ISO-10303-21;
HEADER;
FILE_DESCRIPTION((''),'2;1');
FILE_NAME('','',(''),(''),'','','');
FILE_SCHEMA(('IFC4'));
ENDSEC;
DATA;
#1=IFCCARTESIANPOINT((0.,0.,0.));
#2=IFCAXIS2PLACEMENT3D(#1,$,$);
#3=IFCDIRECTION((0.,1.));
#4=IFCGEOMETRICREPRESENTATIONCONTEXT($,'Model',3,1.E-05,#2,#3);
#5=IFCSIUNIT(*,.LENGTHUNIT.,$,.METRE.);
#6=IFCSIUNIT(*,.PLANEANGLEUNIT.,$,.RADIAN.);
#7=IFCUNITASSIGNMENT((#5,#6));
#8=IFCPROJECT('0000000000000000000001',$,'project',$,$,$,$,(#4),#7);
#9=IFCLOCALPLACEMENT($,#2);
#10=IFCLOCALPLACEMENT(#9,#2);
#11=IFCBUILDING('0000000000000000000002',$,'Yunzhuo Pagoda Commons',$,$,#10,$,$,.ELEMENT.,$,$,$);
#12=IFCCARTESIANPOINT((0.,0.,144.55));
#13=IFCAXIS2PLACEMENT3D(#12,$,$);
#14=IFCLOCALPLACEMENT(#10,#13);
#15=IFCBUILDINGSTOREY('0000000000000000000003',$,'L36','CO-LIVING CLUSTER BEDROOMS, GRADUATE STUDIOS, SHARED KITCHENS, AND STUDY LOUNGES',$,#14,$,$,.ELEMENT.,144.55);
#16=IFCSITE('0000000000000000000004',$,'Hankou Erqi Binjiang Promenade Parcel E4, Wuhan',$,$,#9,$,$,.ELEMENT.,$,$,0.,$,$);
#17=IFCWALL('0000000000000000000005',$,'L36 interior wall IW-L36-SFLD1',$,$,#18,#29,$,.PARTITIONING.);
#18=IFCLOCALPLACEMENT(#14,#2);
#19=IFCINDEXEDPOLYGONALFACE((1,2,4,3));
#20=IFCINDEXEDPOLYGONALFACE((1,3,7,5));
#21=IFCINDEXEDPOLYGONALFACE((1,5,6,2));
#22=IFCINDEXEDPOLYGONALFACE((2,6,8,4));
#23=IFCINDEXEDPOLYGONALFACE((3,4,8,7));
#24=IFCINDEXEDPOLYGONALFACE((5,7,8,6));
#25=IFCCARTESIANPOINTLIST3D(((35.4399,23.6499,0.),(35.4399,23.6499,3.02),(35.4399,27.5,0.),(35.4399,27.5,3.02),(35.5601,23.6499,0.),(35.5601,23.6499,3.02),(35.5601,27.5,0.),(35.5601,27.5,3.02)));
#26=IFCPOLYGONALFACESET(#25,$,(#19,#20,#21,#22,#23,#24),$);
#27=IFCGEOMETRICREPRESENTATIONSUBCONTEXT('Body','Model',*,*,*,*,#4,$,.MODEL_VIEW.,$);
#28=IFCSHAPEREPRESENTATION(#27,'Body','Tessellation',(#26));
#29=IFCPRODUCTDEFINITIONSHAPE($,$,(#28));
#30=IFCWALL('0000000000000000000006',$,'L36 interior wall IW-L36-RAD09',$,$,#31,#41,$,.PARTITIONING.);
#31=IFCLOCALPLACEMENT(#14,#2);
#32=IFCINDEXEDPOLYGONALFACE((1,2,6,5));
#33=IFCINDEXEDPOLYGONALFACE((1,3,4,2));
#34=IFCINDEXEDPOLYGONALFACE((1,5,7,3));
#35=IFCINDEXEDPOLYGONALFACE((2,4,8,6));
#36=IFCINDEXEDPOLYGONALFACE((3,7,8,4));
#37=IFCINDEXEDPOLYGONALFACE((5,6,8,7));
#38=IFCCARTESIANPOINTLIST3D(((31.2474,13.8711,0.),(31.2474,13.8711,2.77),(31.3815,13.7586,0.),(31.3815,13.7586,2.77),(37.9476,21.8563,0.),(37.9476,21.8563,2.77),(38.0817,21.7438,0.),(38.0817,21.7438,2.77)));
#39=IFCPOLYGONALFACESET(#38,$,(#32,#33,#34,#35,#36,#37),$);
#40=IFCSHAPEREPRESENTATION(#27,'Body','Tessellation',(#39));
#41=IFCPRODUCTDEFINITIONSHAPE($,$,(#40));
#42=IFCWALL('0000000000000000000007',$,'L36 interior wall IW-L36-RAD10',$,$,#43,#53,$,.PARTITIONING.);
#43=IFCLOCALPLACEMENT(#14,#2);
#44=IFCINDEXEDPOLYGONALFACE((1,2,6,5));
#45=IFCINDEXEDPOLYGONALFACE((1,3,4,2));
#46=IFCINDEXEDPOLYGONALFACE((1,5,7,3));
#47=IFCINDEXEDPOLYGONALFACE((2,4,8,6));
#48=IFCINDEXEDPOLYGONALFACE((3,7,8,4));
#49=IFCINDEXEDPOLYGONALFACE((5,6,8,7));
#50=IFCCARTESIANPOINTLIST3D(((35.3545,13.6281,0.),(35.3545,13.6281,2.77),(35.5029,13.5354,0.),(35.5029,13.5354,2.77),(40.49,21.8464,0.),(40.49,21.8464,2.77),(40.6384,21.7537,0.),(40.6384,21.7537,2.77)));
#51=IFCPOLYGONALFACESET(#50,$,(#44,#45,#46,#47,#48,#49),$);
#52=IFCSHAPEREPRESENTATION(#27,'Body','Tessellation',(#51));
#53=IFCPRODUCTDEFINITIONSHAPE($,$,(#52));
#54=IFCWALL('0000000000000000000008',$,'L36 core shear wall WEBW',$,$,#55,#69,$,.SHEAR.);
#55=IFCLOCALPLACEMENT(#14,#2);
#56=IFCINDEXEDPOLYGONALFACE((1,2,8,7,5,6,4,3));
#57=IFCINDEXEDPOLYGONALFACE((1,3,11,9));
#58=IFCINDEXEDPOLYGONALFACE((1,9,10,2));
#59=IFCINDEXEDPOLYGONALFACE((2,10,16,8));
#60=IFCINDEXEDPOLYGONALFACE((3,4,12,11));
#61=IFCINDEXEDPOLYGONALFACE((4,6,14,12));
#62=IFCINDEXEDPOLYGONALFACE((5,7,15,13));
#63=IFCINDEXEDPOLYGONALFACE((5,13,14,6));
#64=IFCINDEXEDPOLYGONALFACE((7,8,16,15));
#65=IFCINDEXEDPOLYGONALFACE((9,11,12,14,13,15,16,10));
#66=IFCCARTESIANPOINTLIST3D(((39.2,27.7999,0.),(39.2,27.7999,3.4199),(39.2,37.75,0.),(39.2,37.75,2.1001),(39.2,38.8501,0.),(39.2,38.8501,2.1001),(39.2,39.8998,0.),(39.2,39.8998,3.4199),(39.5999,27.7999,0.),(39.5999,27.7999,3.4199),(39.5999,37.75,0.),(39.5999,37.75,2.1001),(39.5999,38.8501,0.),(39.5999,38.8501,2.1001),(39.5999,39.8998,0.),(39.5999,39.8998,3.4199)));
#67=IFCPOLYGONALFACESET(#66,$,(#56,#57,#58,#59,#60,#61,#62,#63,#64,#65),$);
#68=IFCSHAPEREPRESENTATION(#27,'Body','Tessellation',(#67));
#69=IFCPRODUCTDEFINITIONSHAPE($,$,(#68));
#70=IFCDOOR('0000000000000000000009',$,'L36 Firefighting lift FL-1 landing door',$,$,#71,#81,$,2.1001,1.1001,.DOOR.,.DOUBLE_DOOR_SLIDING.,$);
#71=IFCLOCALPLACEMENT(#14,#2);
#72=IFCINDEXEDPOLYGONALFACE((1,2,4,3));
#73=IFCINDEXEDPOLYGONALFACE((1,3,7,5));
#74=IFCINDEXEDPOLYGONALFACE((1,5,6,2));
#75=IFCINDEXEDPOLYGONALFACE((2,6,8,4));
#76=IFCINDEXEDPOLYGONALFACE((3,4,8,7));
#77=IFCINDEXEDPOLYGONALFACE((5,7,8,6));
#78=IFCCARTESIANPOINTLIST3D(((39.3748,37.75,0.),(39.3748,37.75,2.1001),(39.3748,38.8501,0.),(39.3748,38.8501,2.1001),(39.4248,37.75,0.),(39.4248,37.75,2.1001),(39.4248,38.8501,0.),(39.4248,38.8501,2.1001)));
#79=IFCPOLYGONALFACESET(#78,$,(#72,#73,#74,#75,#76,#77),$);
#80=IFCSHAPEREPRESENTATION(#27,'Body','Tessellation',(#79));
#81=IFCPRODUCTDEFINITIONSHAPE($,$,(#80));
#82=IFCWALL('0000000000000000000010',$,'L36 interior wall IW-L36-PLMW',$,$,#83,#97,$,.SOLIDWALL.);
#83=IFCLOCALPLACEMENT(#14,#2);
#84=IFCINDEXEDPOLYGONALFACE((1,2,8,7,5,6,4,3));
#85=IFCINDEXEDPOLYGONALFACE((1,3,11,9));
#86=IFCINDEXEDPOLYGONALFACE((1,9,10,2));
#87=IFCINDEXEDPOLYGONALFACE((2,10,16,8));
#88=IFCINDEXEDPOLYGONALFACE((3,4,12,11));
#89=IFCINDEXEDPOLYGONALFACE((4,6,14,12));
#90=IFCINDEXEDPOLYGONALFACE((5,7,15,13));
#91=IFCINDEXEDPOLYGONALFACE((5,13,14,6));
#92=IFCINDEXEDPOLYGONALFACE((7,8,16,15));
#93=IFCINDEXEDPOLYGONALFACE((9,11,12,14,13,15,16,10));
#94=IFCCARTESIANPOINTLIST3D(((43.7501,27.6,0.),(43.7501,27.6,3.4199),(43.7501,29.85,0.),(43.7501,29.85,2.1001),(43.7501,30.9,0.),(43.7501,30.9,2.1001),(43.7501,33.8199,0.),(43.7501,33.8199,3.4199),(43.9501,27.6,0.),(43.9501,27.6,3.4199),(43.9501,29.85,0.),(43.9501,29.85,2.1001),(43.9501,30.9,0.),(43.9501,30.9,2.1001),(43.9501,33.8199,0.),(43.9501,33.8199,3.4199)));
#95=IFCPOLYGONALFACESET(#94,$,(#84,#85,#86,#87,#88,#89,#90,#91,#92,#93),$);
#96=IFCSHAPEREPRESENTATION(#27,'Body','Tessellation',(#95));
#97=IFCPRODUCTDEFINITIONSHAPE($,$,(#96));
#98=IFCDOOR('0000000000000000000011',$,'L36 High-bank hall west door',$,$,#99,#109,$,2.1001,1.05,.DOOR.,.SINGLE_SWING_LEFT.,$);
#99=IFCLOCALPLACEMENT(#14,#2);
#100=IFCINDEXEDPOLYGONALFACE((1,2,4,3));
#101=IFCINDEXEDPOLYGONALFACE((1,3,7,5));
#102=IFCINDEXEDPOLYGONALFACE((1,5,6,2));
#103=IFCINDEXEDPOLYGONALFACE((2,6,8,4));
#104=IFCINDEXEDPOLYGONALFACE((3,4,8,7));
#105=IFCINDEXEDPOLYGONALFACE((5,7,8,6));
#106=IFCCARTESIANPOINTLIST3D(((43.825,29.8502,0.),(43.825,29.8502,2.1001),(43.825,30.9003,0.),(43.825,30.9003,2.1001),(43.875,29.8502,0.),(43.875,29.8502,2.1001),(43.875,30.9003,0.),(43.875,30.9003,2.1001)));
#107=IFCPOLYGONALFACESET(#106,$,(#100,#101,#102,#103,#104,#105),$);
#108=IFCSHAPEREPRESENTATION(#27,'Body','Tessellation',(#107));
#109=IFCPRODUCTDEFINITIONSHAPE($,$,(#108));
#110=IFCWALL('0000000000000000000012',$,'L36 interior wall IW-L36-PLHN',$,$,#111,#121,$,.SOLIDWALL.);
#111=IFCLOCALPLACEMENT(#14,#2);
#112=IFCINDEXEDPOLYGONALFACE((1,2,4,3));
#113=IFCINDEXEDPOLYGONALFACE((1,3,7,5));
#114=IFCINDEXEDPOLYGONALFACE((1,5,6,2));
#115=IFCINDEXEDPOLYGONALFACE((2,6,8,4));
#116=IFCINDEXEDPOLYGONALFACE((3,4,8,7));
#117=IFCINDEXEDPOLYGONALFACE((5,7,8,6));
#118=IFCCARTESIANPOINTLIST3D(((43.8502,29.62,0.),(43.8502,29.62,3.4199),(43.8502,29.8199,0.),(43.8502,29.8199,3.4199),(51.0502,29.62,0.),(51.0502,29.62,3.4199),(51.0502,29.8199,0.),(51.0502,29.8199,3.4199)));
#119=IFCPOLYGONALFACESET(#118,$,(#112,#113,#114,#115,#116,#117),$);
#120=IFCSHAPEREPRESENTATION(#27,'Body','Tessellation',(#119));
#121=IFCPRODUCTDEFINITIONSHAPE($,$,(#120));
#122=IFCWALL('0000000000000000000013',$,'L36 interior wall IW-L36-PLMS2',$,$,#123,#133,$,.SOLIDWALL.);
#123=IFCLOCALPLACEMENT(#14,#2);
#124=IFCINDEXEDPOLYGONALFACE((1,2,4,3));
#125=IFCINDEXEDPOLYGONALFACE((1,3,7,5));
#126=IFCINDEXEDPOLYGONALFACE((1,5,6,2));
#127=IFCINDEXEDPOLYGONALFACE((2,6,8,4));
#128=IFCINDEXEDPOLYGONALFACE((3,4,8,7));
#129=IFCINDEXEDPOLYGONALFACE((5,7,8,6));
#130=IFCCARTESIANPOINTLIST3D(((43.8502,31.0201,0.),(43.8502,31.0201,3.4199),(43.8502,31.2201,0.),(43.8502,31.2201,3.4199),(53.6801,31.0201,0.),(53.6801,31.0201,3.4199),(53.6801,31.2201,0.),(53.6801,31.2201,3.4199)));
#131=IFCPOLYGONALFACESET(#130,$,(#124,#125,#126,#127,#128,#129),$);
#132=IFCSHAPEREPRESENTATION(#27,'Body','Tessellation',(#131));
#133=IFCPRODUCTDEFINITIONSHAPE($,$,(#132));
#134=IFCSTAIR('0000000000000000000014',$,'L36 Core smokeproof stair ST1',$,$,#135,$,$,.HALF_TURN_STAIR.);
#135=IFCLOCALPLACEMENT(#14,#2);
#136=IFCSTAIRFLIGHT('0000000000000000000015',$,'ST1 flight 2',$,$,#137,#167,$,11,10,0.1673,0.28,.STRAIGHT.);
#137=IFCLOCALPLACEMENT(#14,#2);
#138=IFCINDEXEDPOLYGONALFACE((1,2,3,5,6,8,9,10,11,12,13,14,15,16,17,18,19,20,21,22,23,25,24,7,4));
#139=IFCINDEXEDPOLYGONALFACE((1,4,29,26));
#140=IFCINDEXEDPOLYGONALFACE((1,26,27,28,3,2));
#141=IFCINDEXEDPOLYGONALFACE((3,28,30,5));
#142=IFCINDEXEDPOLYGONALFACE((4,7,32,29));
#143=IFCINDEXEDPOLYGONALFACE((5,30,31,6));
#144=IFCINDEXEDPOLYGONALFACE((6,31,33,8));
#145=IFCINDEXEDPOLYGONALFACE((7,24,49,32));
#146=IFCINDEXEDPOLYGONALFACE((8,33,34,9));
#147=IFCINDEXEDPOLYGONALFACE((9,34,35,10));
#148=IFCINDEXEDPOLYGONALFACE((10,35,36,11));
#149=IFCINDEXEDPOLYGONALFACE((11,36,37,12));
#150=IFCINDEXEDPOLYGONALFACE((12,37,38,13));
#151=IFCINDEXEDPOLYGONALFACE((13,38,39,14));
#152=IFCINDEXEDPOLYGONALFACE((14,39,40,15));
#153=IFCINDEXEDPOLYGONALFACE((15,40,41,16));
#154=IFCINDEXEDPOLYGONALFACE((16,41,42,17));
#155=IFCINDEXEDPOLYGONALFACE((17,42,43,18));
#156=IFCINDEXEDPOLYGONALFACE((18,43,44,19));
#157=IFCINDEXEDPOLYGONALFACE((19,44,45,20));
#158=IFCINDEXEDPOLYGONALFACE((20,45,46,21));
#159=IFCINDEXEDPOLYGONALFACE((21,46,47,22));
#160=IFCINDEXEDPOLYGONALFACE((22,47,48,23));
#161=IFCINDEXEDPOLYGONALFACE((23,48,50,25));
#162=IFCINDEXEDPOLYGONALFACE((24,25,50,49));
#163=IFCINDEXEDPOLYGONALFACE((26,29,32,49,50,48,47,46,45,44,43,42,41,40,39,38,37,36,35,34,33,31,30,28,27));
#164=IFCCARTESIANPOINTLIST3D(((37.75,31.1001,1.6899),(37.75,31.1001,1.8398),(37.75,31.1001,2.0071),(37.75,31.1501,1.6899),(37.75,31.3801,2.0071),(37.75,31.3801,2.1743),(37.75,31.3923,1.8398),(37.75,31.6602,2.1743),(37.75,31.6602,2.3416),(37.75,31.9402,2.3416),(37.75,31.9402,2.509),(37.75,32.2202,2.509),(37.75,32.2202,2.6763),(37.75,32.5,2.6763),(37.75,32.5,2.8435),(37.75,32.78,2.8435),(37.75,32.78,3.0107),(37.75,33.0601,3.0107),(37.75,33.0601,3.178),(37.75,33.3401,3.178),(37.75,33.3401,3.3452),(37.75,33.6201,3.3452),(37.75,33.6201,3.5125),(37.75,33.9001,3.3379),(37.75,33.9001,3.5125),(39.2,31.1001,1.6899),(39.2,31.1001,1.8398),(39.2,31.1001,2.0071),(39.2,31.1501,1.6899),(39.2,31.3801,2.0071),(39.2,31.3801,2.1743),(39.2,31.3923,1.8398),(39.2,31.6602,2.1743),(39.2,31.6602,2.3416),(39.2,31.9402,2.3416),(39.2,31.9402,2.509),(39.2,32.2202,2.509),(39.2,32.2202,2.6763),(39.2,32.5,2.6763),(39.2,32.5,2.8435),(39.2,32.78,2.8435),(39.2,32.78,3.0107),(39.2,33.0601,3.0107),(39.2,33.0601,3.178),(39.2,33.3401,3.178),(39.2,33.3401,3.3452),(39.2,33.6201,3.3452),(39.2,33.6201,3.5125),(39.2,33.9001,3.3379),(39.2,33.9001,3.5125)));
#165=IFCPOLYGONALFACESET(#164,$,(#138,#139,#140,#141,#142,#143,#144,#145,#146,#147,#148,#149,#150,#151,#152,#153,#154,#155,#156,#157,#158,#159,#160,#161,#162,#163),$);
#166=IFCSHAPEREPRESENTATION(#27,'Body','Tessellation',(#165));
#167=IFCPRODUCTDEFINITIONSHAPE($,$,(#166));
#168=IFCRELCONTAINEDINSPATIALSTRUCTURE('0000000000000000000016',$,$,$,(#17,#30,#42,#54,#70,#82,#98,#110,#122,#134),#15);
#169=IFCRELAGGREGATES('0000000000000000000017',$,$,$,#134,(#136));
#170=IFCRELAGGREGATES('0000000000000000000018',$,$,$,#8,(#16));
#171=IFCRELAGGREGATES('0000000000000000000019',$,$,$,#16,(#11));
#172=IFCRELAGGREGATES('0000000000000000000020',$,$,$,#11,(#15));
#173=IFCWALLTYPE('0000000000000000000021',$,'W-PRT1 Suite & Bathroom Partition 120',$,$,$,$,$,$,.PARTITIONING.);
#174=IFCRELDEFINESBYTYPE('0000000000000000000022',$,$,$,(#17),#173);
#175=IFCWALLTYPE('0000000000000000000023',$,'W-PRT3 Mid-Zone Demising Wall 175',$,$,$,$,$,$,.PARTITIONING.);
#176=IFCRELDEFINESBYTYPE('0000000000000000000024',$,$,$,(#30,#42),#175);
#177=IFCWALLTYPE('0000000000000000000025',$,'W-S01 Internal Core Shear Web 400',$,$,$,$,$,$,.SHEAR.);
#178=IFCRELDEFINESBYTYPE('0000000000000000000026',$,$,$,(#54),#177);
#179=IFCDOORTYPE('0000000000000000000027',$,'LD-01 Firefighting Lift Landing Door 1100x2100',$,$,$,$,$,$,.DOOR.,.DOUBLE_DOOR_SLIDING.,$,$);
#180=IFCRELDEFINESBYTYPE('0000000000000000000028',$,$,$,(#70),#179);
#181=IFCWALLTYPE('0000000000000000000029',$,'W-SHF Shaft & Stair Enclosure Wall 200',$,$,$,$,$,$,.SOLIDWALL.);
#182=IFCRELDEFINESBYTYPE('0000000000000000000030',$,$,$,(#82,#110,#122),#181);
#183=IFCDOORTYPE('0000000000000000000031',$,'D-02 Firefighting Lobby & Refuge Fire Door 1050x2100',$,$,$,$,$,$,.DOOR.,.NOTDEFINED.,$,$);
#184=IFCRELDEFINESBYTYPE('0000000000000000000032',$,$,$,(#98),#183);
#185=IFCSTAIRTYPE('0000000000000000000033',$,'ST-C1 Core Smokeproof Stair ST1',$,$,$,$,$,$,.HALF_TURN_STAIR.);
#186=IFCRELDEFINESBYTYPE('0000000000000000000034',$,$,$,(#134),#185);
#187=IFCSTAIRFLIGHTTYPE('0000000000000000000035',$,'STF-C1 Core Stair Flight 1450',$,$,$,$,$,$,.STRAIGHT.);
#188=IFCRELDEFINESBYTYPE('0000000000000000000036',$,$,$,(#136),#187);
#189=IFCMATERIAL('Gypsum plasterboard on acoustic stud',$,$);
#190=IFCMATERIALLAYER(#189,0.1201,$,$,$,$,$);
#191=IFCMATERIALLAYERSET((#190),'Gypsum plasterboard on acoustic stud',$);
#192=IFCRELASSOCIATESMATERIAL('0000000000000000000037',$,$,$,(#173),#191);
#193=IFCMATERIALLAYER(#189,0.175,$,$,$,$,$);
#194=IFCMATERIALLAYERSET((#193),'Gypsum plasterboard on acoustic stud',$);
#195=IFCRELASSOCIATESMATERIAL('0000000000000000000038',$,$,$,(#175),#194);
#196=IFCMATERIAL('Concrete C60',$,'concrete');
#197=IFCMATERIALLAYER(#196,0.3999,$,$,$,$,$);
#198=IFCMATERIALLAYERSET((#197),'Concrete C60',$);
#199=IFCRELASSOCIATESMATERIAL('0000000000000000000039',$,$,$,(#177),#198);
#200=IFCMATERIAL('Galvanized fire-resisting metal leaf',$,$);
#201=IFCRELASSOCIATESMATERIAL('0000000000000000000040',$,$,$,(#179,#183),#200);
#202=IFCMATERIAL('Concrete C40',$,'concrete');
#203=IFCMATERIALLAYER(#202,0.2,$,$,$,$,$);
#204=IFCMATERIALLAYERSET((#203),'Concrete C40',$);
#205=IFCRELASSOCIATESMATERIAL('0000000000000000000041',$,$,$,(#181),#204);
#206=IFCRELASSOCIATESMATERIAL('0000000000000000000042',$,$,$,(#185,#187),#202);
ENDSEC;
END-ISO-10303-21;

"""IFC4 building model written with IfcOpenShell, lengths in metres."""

from ifc_helpers import new_model, si_unit, direction, frame, frame_2d, origin, place, context, subcontext, project, spatial, polyline, rectangle, outline, extrude, source, transform, mapped, material, layer, layer_set, type_object, element, fill, aggregate, save


model = new_model("IFC4")

# Units and contexts
model_context = context("Model", 3, precision=1e-05, world=origin(), true_north=direction((0.0, 1.0)))
body_context = subcontext(model_context, "Body", "Model", "MODEL_VIEW")
ifc_project = project(units=[si_unit("LENGTHUNIT", "METRE"), si_unit("PLANEANGLEUNIT", "RADIAN")], contexts=[model_context])

# Site, building, storey
site_placement = place(None, origin())
site = spatial("IfcSite", under=ifc_project, at=site_placement, Name="Hankou Erqi Binjiang Promenade Parcel E4, Wuhan", CompositionType="ELEMENT", RefElevation=0.0)
building_placement = place(site_placement, origin())
building = spatial("IfcBuilding", under=site, at=building_placement, Name="Yunzhuo Pagoda Commons", CompositionType="ELEMENT")
storey_placement = place(building_placement, frame((0.0, 0.0, 144.55)))
storey = spatial("IfcBuildingStorey", under=building, at=storey_placement, Name="L36", Description="CO-LIVING CLUSTER BEDROOMS, GRADUATE STUDIOS, SHARED KITCHENS, AND STUDY LOUNGES", CompositionType="ELEMENT", Elevation=144.55)

# Shared definitions
ifc_material_1 = material(Name="Concrete C60", Category="concrete")

# Shared definitions
ifc_material_2 = material(Name="Gypsum plasterboard on acoustic stud")
ifc_material_3 = material(Name="Galvanized fire-resisting metal leaf")

# Walls
ifc_layer_1 = layer(ifc_material_2, 0.1201)
ifc_layer_set_1 = layer_set([ifc_layer_1], Name="Gypsum plasterboard on acoustic stud")
wall_type_1 = type_object("IfcWallType", Name="W-PRT1 Suite & Bathroom Partition 120", PredefinedType="PARTITIONING", material=ifc_layer_set_1)
wall_1_placement = place(storey_placement, frame((35.5, 23.6499, 0.0), z_axis=(0.0, 0.0, 1.0), x_axis=(0.0, 1.0, 0.0)))
element("IfcWall", 1, at=wall_1_placement, inside=storey, type_object=wall_type_1, Name="L36 interior wall IW-L36-SFLD1", PredefinedType="PARTITIONING", context=body_context, shape_type="SweptSolid", body=[
    extrude(rectangle(XDim=3.8501, YDim=0.1201, at=frame_2d((1.925, 0.0))), origin(), (0.0, 0.0, 1.0), 3.02),
])
ifc_layer_2 = layer(ifc_material_2, 0.175)
ifc_layer_set_2 = layer_set([ifc_layer_2], Name="Gypsum plasterboard on acoustic stud")
wall_type_2 = type_object("IfcWallType", Name="W-PRT3 Mid-Zone Demising Wall 175", PredefinedType="PARTITIONING", material=ifc_layer_set_2)
wall_2_placement = place(storey_placement, frame((38.0146, 21.8, 0.0), z_axis=(0.0, 0.0, 1.0), x_axis=(-0.642782, -0.766049, 0.0)))
element("IfcWall", 2, at=wall_2_placement, inside=storey, type_object=wall_type_2, Name="L36 interior wall IW-L36-RAD09", PredefinedType="PARTITIONING", context=body_context, shape_type="SweptSolid", body=[
    extrude(rectangle(XDim=10.4238, YDim=0.175, at=frame_2d((5.2119, 0.0))), origin(), (0.0, 0.0, 1.0), 2.77),
])
wall_3_placement = place(storey_placement, frame((40.5642, 21.8, 0.0), z_axis=(0.0, 0.0, 1.0), x_axis=(-0.529931, -0.848041, 0.0)))
element("IfcWall", 3, at=wall_3_placement, inside=storey, type_object=wall_type_2, Name="L36 interior wall IW-L36-RAD10", PredefinedType="PARTITIONING", context=body_context, shape_type="SweptSolid", body=[
    extrude(rectangle(XDim=9.6909, YDim=0.175, at=frame_2d((4.8455, 0.0))), origin(), (0.0, 0.0, 1.0), 2.77),
])

# Walls, openings, doors
ifc_layer_3 = layer(ifc_material_1, 0.3999)
ifc_layer_set_3 = layer_set([ifc_layer_3], Name="Concrete C60")
wall_type_3 = type_object("IfcWallType", Name="W-S01 Internal Core Shear Web 400", PredefinedType="SHEAR", material=ifc_layer_set_3)
wall_4_placement = place(storey_placement, frame((39.3999, 27.8, 0.0), z_axis=(0.0, 0.0, 1.0), x_axis=(0.0, 1.0, 0.0)))
wall_4 = element("IfcWall", 4, at=wall_4_placement, inside=storey, type_object=wall_type_3, Name="L36 core shear wall WEBW", PredefinedType="SHEAR", context=body_context, shape_type="SweptSolid", body=[
    extrude(rectangle(XDim=12.0999, YDim=0.3999, at=frame_2d((6.0498, 0.0))), origin(), (0.0, 0.0, 1.0), 3.4199),
])
opening_1_placement = place(wall_4_placement, frame((9.95, 0.0, 0.0)))
opening_1 = element("IfcOpeningElement", 5, at=opening_1_placement, cuts=wall_4, PredefinedType="OPENING", context=body_context, shape_type="SweptSolid", body=[
    extrude(rectangle(XDim=1.1001, YDim=2.1001, at=frame_2d((0.55, 1.05))), frame((0.0, 0.21, 0.0), z_axis=(0.0, -1.0, 0.0), x_axis=(1.0, 0.0, 0.0)), (0.0, 0.0, 1.0), 0.4199),
])
door_type_1 = type_object("IfcDoorType", Name="LD-01 Firefighting Lift Landing Door 1100x2100", OperationType="DOUBLE_DOOR_SLIDING", PredefinedType="DOOR", material=ifc_material_3)
shared_shape_1 = source(origin(), body_context, "Body", "SweptSolid", [
    extrude(rectangle(XDim=1.1001, YDim=2.1001, at=frame_2d((0.55, 1.05))), frame((0.0, 0.0249, 0.0), z_axis=(0.0, -1.0, 0.0), x_axis=(1.0, 0.0, 0.0)), (0.0, 0.0, 1.0), 0.05),
])
door_1_placement = place(opening_1_placement, frame((1.1001, 0.0, 0.0), z_axis=(0.0, 0.0, 1.0), x_axis=(-1.0, 0.0, 0.0)))
door_1 = element("IfcDoor", 6, at=door_1_placement, inside=storey, type_object=door_type_1, Name="L36 Firefighting lift FL-1 landing door", OperationType="DOUBLE_DOOR_SLIDING", OverallHeight=2.1001, OverallWidth=1.1001, PredefinedType="DOOR", context=body_context, shape_type="MappedRepresentation", body=[
    mapped(shared_shape_1, transform((0.0, 0.0, 0.0), scale=1.0)),
])
fill(opening_1, door_1)
ifc_material_4 = material(Name="Concrete C40", Category="concrete")
ifc_layer_4 = layer(ifc_material_4, 0.2)
ifc_layer_set_4 = layer_set([ifc_layer_4], Name="Concrete C40")
wall_type_4 = type_object("IfcWallType", Name="W-SHF Shaft & Stair Enclosure Wall 200", PredefinedType="SOLIDWALL", material=ifc_layer_set_4)
wall_5_placement = place(storey_placement, frame((43.8501, 27.6001, 0.0), z_axis=(0.0, 0.0, 1.0), x_axis=(0.0, 1.0, 0.0)))
wall_5 = element("IfcWall", 7, at=wall_5_placement, inside=storey, type_object=wall_type_4, Name="L36 interior wall IW-L36-PLMW", PredefinedType="SOLIDWALL", context=body_context, shape_type="SweptSolid", body=[
    extrude(rectangle(XDim=6.22, YDim=0.2, at=frame_2d((3.1099, 0.0))), origin(), (0.0, 0.0, 1.0), 3.4199),
])
opening_2_placement = place(wall_5_placement, frame((2.25, 0.0, 0.0)))
opening_2 = element("IfcOpeningElement", 8, at=opening_2_placement, cuts=wall_5, PredefinedType="OPENING", context=body_context, shape_type="SweptSolid", body=[
    extrude(rectangle(XDim=1.05, YDim=2.1001, at=frame_2d((0.5249, 1.05))), frame((0.0, 0.1099, 0.0), z_axis=(0.0, -1.0, 0.0), x_axis=(1.0, 0.0, 0.0)), (0.0, 0.0, 1.0), 0.22),
])
door_type_2 = type_object("IfcDoorType", Name="D-02 Firefighting Lobby & Refuge Fire Door 1050x2100", OperationType="NOTDEFINED", PredefinedType="DOOR", material=ifc_material_3)
shared_shape_2 = source(origin(), body_context, "Body", "SweptSolid", [
    extrude(rectangle(XDim=1.05, YDim=2.1001, at=frame_2d((0.5249, 1.05))), frame((0.0, 0.0249, 0.0), z_axis=(0.0, -1.0, 0.0), x_axis=(1.0, 0.0, 0.0)), (0.0, 0.0, 1.0), 0.05),
])
door_2_placement = place(opening_2_placement, frame((1.05, 0.0, 0.0), z_axis=(0.0, 0.0, 1.0), x_axis=(-1.0, 0.0, 0.0)))
door_2 = element("IfcDoor", 9, at=door_2_placement, inside=storey, type_object=door_type_2, Name="L36 High-bank hall west door", OperationType="SINGLE_SWING_LEFT", OverallHeight=2.1001, OverallWidth=1.05, PredefinedType="DOOR", context=body_context, shape_type="MappedRepresentation", body=[
    mapped(shared_shape_2, transform((0.0, 0.0, 0.0), scale=1.0)),
])
fill(opening_2, door_2)

# Walls
wall_6_placement = place(storey_placement, frame((43.8501, 29.72, 0.0), z_axis=(0.0, 0.0, 1.0), x_axis=(1.0, 0.0, 0.0)))
element("IfcWall", 10, at=wall_6_placement, inside=storey, type_object=wall_type_4, Name="L36 interior wall IW-L36-PLHN", PredefinedType="SOLIDWALL", context=body_context, shape_type="SweptSolid", body=[
    extrude(rectangle(XDim=7.2, YDim=0.2, at=frame_2d((3.6001, 0.0))), origin(), (0.0, 0.0, 1.0), 3.4199),
])
wall_7_placement = place(storey_placement, frame((43.8501, 31.1201, 0.0), z_axis=(0.0, 0.0, 1.0), x_axis=(1.0, 0.0, 0.0)))
element("IfcWall", 11, at=wall_7_placement, inside=storey, type_object=wall_type_4, Name="L36 interior wall IW-L36-PLMS2", PredefinedType="SOLIDWALL", context=body_context, shape_type="SweptSolid", body=[
    extrude(rectangle(XDim=9.8298, YDim=0.2, at=frame_2d((4.915, 0.0))), origin(), (0.0, 0.0, 1.0), 3.4199),
])

# Stair, stair flight
stair_type = type_object("IfcStairType", Name="ST-C1 Core Smokeproof Stair ST1", PredefinedType="HALF_TURN_STAIR", material=ifc_material_4)
stair_placement = place(storey_placement, origin())
stair = element("IfcStair", 12, at=stair_placement, inside=storey, type_object=stair_type, Name="L36 Core smokeproof stair ST1", PredefinedType="HALF_TURN_STAIR")
stair_flight_type = type_object("IfcStairFlightType", Name="STF-C1 Core Stair Flight 1450", PredefinedType="STRAIGHT", material=ifc_material_4)
shared_shape_3 = source(origin(), body_context, "Body", "SweptSolid", [
    extrude(outline(polyline([(0.0, -0.1499), (0.0, 0.0), (0.0, 0.1672), (0.28, 0.1672), (0.28, 0.3345), (0.5601, 0.3345), (0.5601, 0.5017), (0.8401, 0.5017), (0.8401, 0.6692), (1.1201, 0.6692), (1.1201, 0.8364), (1.3999, 0.8364), (1.3999, 1.0037), (1.6799, 1.0037), (1.6799, 1.1709), (1.96, 1.1709), (1.96, 1.3381), (2.24, 1.3381), (2.24, 1.5054), (2.52, 1.5054), (2.52, 1.6726), (2.8, 1.6726), (2.8, 1.8401), (2.8, 1.498), (0.2922, 0.0), (0.05, -0.1499), (0.0, -0.1499)])), frame((0.0, 0.7251, 0.0), z_axis=(0.0, -1.0, 0.0), x_axis=(1.0, 0.0, 0.0)), (0.0, 0.0, 1.0), 1.45),
])
stair_flight_placement = place(storey_placement, frame((38.4751, 31.1001, 1.8398), z_axis=(0.0, 0.0, 1.0), x_axis=(0.0, 1.0, 0.0)))
stair_flight = element("IfcStairFlight", 13, at=stair_flight_placement, type_object=stair_flight_type, Name="ST1 flight 2", NumberOfRisers=11, NumberOfTreads=10, PredefinedType="STRAIGHT", RiserHeight=0.1673, TreadLength=0.28, context=body_context, shape_type="MappedRepresentation", body=[
    mapped(shared_shape_3, transform((0.0, 0.0, 0.0), scale=1.0)),
])
aggregate(stair, [stair_flight])

save(model, "model.ifc")
